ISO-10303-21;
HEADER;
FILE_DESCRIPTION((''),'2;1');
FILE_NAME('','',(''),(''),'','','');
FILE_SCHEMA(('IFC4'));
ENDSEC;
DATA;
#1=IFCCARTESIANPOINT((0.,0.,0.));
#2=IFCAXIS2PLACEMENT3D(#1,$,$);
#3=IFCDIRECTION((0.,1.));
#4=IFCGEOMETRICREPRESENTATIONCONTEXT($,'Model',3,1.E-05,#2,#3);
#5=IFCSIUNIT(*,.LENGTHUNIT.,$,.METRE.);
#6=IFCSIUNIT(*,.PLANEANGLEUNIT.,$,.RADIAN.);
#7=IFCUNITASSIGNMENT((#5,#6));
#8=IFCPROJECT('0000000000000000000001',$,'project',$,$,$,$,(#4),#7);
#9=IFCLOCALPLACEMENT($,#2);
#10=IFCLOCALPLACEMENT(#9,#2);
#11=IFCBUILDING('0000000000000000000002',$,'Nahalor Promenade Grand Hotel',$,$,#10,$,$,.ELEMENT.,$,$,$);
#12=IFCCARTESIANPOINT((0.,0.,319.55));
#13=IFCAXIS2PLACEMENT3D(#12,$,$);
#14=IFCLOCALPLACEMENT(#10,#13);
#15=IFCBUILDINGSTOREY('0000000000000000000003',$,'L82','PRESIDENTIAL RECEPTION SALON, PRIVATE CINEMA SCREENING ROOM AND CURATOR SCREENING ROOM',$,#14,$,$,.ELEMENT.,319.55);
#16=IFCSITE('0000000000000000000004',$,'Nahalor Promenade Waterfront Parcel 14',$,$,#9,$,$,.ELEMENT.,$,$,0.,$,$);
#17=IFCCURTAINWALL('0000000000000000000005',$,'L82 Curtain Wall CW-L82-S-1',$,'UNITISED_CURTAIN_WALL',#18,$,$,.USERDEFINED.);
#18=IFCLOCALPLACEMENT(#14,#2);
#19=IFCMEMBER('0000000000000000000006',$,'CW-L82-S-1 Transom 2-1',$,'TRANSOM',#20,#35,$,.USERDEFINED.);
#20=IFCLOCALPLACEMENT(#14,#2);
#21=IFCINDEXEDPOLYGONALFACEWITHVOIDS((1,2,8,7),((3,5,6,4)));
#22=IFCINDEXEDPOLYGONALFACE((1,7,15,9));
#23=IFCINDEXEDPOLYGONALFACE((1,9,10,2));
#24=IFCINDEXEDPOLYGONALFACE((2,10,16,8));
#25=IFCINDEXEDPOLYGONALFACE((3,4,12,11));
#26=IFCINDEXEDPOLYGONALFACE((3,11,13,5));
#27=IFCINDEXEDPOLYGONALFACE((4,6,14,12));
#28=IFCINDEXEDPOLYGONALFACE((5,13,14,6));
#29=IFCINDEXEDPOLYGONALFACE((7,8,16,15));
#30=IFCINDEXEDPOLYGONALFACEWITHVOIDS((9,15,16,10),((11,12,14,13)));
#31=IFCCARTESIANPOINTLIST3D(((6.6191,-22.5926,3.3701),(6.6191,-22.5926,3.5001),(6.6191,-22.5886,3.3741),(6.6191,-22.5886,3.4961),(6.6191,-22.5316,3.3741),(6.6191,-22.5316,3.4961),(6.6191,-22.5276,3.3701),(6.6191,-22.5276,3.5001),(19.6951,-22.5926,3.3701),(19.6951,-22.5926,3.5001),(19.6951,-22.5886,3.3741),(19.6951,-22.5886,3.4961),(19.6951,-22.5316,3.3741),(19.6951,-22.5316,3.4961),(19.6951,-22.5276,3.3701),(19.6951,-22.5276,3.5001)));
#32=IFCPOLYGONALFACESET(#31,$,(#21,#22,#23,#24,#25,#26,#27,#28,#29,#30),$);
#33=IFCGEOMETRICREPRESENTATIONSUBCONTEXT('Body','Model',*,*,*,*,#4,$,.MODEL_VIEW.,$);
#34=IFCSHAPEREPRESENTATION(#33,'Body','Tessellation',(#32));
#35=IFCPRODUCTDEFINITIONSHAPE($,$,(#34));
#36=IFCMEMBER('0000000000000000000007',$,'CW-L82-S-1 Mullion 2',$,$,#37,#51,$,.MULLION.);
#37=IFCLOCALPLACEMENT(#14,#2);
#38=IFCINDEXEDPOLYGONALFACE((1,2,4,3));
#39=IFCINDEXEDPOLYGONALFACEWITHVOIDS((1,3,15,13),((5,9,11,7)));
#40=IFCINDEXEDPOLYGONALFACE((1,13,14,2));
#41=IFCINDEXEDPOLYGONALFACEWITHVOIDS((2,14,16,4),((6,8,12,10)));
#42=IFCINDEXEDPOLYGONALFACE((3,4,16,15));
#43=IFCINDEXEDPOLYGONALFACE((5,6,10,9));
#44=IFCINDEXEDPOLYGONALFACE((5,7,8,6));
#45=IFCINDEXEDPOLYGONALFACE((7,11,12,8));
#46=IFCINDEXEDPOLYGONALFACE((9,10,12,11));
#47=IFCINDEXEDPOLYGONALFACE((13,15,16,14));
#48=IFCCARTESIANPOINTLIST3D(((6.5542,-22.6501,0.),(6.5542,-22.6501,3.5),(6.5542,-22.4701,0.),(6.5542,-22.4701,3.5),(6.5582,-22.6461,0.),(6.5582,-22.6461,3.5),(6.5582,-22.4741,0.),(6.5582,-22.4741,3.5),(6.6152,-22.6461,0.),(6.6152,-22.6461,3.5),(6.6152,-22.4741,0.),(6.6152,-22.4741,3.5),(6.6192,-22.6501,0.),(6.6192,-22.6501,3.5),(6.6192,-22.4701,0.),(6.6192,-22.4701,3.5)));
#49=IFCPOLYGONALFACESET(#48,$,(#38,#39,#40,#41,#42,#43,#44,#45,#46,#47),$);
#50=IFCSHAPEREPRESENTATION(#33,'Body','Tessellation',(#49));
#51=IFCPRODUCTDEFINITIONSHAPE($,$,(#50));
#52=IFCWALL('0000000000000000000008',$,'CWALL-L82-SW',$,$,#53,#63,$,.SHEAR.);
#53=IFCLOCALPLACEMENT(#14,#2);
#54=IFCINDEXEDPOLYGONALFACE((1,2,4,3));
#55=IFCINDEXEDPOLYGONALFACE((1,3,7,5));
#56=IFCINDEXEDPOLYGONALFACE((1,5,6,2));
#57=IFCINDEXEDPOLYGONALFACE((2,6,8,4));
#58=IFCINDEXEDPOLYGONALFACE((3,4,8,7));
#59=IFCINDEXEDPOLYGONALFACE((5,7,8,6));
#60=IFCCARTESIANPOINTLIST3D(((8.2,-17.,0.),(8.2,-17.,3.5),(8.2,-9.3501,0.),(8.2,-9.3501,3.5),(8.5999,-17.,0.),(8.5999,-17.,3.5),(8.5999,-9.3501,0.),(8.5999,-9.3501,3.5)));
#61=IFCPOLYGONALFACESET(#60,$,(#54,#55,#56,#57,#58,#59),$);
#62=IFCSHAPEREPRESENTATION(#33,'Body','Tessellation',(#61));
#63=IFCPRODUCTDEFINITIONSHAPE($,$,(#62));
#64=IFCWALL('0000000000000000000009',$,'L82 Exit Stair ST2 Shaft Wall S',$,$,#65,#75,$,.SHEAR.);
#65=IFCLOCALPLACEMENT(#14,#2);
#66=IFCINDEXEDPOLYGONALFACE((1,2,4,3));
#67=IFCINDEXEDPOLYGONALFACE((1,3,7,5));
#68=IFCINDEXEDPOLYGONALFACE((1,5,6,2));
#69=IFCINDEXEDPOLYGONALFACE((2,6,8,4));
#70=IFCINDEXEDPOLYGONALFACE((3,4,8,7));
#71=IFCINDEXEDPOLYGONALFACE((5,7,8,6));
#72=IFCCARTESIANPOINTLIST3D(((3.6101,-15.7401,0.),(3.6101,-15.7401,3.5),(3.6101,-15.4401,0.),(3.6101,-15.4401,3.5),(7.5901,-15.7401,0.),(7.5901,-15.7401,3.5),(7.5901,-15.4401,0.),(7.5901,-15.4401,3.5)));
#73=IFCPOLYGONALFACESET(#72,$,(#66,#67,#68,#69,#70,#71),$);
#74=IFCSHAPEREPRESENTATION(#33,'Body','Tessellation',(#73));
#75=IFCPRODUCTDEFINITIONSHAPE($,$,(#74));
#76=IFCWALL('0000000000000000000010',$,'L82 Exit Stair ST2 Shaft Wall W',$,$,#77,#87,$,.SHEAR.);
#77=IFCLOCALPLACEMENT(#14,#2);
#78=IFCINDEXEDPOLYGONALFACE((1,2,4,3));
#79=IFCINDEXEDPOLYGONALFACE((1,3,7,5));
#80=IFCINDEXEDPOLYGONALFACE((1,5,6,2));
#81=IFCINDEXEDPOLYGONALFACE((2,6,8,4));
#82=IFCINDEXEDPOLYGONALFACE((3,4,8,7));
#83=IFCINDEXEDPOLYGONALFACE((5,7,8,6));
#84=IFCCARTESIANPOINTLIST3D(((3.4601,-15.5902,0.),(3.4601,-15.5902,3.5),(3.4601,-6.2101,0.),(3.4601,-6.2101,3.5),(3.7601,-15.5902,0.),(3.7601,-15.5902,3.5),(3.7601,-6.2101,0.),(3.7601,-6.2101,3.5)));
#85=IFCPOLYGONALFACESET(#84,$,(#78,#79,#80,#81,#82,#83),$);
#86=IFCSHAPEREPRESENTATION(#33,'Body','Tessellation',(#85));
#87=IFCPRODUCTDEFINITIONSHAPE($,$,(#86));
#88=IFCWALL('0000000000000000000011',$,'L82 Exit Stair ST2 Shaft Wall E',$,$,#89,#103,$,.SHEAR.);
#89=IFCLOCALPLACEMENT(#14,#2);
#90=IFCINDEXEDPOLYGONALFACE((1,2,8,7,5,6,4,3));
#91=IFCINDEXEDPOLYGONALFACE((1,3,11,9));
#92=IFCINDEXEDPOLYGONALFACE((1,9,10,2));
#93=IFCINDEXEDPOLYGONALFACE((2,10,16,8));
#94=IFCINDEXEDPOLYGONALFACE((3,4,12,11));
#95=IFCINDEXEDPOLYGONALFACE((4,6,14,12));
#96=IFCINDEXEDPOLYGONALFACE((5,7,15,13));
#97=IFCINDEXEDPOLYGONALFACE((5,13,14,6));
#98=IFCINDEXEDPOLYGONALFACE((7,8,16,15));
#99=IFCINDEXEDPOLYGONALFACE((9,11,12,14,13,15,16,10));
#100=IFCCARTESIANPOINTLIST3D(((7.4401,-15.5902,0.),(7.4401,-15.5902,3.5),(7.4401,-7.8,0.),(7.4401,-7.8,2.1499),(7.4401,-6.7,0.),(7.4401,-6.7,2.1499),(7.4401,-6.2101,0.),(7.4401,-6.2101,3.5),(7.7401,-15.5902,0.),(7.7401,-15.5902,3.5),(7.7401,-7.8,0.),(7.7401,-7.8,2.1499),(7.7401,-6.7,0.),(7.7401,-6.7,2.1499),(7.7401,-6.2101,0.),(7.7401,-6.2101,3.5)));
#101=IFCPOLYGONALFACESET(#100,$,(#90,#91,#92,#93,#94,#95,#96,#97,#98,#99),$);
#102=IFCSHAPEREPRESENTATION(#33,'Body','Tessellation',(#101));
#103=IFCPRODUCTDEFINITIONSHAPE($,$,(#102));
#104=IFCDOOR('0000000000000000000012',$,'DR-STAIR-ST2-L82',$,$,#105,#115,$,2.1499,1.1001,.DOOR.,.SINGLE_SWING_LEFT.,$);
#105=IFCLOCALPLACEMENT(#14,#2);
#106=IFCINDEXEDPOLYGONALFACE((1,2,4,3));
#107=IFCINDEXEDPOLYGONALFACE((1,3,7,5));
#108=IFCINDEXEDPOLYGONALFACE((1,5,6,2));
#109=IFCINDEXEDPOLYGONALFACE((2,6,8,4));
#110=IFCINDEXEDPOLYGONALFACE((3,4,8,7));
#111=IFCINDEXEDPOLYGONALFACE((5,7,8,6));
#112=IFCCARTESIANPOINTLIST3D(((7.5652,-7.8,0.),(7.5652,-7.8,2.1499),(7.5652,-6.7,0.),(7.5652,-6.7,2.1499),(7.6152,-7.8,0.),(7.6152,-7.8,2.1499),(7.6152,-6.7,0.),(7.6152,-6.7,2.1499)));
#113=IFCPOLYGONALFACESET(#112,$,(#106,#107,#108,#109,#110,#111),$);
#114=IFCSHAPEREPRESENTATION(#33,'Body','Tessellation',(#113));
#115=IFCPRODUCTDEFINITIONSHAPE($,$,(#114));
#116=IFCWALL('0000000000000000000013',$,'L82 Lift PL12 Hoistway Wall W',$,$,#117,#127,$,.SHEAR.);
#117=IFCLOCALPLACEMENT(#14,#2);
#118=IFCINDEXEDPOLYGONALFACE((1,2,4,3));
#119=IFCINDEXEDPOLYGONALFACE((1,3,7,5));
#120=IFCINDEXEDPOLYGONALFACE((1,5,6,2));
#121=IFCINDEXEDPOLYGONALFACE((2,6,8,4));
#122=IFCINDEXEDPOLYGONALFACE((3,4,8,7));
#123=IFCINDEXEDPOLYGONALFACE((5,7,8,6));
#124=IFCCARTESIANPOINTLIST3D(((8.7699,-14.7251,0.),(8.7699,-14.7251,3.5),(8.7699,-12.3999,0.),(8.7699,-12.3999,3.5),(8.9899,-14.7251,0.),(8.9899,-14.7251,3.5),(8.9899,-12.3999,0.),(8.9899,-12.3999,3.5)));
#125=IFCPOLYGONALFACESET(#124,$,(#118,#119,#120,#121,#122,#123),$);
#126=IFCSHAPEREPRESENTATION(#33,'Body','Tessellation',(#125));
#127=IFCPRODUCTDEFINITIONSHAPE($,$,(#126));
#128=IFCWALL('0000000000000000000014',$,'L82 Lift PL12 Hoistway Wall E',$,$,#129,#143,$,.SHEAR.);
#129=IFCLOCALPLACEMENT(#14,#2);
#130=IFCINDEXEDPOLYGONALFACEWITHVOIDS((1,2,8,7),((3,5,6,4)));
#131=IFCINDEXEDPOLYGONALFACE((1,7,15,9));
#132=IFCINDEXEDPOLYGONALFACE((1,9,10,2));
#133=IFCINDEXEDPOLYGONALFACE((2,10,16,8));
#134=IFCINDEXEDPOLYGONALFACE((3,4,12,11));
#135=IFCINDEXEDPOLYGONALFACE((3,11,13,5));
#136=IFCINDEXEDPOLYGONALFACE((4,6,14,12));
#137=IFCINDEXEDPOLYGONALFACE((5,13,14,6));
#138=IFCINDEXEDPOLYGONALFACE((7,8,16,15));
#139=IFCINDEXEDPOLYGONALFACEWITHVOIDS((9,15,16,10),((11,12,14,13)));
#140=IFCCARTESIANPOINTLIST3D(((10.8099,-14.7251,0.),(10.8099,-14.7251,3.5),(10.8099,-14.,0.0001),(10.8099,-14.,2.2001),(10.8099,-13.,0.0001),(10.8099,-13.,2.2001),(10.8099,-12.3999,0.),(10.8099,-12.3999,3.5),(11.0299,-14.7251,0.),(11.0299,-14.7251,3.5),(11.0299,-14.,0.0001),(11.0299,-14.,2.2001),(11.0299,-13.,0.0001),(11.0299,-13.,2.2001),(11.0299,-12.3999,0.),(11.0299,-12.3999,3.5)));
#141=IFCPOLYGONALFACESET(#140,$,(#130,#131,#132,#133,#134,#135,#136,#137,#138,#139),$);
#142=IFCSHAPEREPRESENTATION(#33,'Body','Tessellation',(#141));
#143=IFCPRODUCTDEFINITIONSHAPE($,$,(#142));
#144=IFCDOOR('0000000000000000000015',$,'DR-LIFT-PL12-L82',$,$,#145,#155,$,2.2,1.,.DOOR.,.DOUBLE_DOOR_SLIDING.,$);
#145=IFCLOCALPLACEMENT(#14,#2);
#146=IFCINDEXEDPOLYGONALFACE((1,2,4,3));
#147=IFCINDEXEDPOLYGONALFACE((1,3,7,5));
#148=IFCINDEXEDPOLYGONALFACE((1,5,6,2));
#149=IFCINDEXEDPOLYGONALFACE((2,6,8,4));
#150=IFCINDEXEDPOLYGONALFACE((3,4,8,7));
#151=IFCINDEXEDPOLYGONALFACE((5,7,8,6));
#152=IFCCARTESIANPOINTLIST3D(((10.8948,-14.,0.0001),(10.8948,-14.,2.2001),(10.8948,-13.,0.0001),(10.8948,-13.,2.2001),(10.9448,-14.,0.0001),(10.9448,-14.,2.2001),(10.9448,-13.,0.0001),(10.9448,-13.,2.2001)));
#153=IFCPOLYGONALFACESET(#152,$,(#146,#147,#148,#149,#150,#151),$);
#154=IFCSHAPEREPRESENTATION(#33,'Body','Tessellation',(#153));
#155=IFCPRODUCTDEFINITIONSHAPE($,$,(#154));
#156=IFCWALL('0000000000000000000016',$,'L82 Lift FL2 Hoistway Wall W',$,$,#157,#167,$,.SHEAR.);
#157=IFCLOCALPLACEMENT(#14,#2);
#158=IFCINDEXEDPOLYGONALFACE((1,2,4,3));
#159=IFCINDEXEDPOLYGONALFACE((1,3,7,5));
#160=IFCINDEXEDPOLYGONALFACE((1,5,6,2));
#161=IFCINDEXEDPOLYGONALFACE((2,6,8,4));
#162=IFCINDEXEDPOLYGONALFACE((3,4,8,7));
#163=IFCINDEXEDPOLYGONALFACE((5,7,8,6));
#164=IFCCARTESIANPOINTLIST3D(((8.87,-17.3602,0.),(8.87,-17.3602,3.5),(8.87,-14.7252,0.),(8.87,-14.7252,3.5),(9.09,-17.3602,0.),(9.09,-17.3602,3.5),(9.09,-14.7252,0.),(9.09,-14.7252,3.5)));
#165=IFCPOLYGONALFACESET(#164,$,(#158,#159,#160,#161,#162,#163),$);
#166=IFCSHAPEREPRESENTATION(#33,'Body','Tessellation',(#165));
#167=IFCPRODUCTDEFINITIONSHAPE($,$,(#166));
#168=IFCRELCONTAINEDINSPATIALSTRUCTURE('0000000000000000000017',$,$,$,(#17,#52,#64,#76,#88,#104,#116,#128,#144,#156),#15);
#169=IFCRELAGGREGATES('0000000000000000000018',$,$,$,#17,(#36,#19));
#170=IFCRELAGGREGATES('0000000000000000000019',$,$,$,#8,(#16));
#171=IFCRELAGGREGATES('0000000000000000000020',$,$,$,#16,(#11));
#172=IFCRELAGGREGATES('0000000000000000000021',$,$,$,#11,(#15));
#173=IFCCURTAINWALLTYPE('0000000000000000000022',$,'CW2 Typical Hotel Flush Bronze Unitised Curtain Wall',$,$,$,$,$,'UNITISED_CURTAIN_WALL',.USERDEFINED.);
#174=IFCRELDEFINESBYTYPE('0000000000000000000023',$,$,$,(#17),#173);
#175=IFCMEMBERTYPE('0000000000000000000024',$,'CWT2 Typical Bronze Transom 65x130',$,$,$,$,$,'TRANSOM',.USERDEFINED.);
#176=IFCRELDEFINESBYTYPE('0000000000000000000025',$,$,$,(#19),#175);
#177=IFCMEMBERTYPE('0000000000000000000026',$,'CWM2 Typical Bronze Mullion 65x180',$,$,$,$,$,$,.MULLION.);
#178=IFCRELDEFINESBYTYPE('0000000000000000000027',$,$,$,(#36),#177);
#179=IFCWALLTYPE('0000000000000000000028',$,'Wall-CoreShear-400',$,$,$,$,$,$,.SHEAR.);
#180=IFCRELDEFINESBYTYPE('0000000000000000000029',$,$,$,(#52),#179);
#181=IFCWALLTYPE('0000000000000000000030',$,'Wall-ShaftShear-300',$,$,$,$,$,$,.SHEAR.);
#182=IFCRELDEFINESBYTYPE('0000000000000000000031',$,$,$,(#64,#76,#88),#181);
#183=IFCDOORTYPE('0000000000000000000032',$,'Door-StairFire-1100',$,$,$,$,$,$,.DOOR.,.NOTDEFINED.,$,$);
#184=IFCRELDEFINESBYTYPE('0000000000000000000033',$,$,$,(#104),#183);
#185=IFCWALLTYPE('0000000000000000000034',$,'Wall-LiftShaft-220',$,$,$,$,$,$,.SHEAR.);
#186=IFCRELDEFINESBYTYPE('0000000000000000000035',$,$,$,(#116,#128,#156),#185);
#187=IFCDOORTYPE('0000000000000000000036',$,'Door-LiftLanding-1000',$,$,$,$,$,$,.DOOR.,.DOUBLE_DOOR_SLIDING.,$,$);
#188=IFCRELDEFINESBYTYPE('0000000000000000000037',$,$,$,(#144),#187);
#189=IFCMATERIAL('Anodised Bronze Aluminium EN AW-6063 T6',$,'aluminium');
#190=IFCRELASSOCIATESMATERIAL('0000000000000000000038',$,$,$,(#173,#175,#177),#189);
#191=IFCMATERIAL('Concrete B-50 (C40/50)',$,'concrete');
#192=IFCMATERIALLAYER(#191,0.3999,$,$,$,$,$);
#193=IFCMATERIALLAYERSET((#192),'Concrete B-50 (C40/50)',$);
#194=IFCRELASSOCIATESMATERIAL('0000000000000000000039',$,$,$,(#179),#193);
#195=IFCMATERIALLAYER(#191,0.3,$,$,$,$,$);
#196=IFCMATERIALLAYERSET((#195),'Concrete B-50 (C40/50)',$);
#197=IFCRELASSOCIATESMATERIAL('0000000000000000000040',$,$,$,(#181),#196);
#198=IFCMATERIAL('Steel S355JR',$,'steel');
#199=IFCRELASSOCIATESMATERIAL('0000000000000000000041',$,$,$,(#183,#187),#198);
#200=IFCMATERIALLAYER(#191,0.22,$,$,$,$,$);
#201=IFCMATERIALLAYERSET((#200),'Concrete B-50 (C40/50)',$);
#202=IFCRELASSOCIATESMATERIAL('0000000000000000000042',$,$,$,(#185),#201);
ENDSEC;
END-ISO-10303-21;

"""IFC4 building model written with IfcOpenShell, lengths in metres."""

from ifc_helpers import new_model, si_unit, direction, frame, frame_2d, origin, origin_2d, place, context, subcontext, project, spatial, rectangle, hollow_rectangle, extrude, source, transform, mapped, material, layer, layer_set, material_profile, profile_set, type_object, element, fill, aggregate, save


model = new_model("IFC4")

# Units and contexts
model_context = context("Model", 3, precision=1e-05, world=origin(), true_north=direction((0.0, 1.0)))
body_context = subcontext(model_context, "Body", "Model", "MODEL_VIEW")
ifc_project = project(units=[si_unit("LENGTHUNIT", "METRE"), si_unit("PLANEANGLEUNIT", "RADIAN")], contexts=[model_context])

# Site, building, storey
site_placement = place(None, origin())
site = spatial("IfcSite", under=ifc_project, at=site_placement, Name="Nahalor Promenade Waterfront Parcel 14", CompositionType="ELEMENT", RefElevation=0.0)
building_placement = place(site_placement, origin())
building = spatial("IfcBuilding", under=site, at=building_placement, Name="Nahalor Promenade Grand Hotel", CompositionType="ELEMENT")
storey_placement = place(building_placement, frame((0.0, 0.0, 319.55)))
storey = spatial("IfcBuildingStorey", under=building, at=storey_placement, Name="L82", Description="PRESIDENTIAL RECEPTION SALON, PRIVATE CINEMA SCREENING ROOM AND CURATOR SCREENING ROOM", CompositionType="ELEMENT", Elevation=319.55)

# Shared definitions
ifc_material_1 = material(Name="Concrete B-50 (C40/50)", Category="concrete")
ifc_material_2 = material(Name="Steel S355JR", Category="steel")

# Curtain wall, members
ifc_material_3 = material(Name="Anodised Bronze Aluminium EN AW-6063 T6", Category="aluminium")
curtain_wall_type = type_object("IfcCurtainWallType", Name="CW2 Typical Hotel Flush Bronze Unitised Curtain Wall", ElementType="UNITISED_CURTAIN_WALL", PredefinedType="USERDEFINED", material=ifc_material_3)
curtain_wall_placement = place(storey_placement, origin())
curtain_wall = element("IfcCurtainWall", 1, at=curtain_wall_placement, inside=storey, type_object=curtain_wall_type, Name="L82 Curtain Wall CW-L82-S-1", ObjectType="UNITISED_CURTAIN_WALL", PredefinedType="USERDEFINED")
ifc_material_profile_1 = material_profile(ifc_material_3, hollow_rectangle(XDim=0.065, YDim=0.13, WallThickness=0.004, at=origin_2d()), Name="CWT 65x130x4")
ifc_profile_set_1 = profile_set([ifc_material_profile_1], Name="Anodised Bronze Aluminium EN AW-6063 T6")
member_type_1 = type_object("IfcMemberType", Name="CWT2 Typical Bronze Transom 65x130", ElementType="TRANSOM", PredefinedType="USERDEFINED", material=ifc_profile_set_1)
shared_shape_1 = source(origin(), body_context, "Body", "SweptSolid", [
    extrude(hollow_rectangle(XDim=0.065, YDim=0.13, WallThickness=0.004, at=origin_2d()), origin(), (0.0, 0.0, 1.0), 13.0759),
])
member_1_placement = place(storey_placement, frame((6.6191, -22.5601, 3.4351), z_axis=(1.0, 0.0, 0.0), x_axis=(0.0, 1.0, 0.0)))
member_1 = element("IfcMember", 2, at=member_1_placement, type_object=member_type_1, Name="CW-L82-S-1 Transom 2-1", ObjectType="TRANSOM", PredefinedType="USERDEFINED", context=body_context, shape_type="MappedRepresentation", body=[
    mapped(shared_shape_1, transform((0.0, 0.0, 0.0), scale=1.0)),
])
ifc_material_profile_2 = material_profile(ifc_material_3, hollow_rectangle(XDim=0.065, YDim=0.18, WallThickness=0.004, at=origin_2d()), Name="CWM 65x180x4")
ifc_profile_set_2 = profile_set([ifc_material_profile_2], Name="Anodised Bronze Aluminium EN AW-6063 T6")
member_type_2 = type_object("IfcMemberType", Name="CWM2 Typical Bronze Mullion 65x180", PredefinedType="MULLION", material=ifc_profile_set_2)
shared_shape_2 = source(origin(), body_context, "Body", "SweptSolid", [
    extrude(hollow_rectangle(XDim=0.065, YDim=0.18, WallThickness=0.004, at=origin_2d()), origin(), (0.0, 0.0, 1.0), 3.5),
])
member_2_placement = place(storey_placement, frame((6.5867, -22.5601, 0.0), z_axis=(0.0, 0.0, 1.0), x_axis=(1.0, 0.0, 0.0)))
member_2 = element("IfcMember", 3, at=member_2_placement, type_object=member_type_2, Name="CW-L82-S-1 Mullion 2", PredefinedType="MULLION", context=body_context, shape_type="MappedRepresentation", body=[
    mapped(shared_shape_2, transform((0.0, 0.0, 0.0), scale=1.0)),
])
aggregate(curtain_wall, [member_2, member_1])

# Walls
ifc_layer_1 = layer(ifc_material_1, 0.3999)
ifc_layer_set_1 = layer_set([ifc_layer_1], Name="Concrete B-50 (C40/50)")
wall_type_1 = type_object("IfcWallType", Name="Wall-CoreShear-400", PredefinedType="SHEAR", material=ifc_layer_set_1)
shared_shape_3 = source(origin(), body_context, "Body", "SweptSolid", [
    extrude(rectangle(XDim=7.6499, YDim=0.3999, at=frame_2d((3.825, 0.0))), origin(), (0.0, 0.0, 1.0), 3.5),
])
wall_1_placement = place(storey_placement, frame((8.3999, -17.0, 0.0), z_axis=(0.0, 0.0, 1.0), x_axis=(0.0, 1.0, 0.0)))
element("IfcWall", 4, at=wall_1_placement, inside=storey, type_object=wall_type_1, Name="CWALL-L82-SW", PredefinedType="SHEAR", context=body_context, shape_type="MappedRepresentation", body=[
    mapped(shared_shape_3, transform((0.0, 0.0, 0.0), scale=1.0)),
])
ifc_layer_2 = layer(ifc_material_1, 0.3)
ifc_layer_set_2 = layer_set([ifc_layer_2], Name="Concrete B-50 (C40/50)")
wall_type_2 = type_object("IfcWallType", Name="Wall-ShaftShear-300", PredefinedType="SHEAR", material=ifc_layer_set_2)
shared_shape_4 = source(origin(), body_context, "Body", "SweptSolid", [
    extrude(rectangle(XDim=3.98, YDim=0.3, at=frame_2d((1.99, 0.0))), origin(), (0.0, 0.0, 1.0), 3.5),
])
wall_2_placement = place(storey_placement, frame((3.6101, -15.5901, 0.0), z_axis=(0.0, 0.0, 1.0), x_axis=(1.0, 0.0, 0.0)))
element("IfcWall", 5, at=wall_2_placement, inside=storey, type_object=wall_type_2, Name="L82 Exit Stair ST2 Shaft Wall S", PredefinedType="SHEAR", context=body_context, shape_type="MappedRepresentation", body=[
    mapped(shared_shape_4, transform((0.0, 0.0, 0.0), scale=1.0)),
])
shared_shape_5 = source(origin(), body_context, "Body", "SweptSolid", [
    extrude(rectangle(XDim=9.3801, YDim=0.3, at=frame_2d((4.6899, 0.0))), origin(), (0.0, 0.0, 1.0), 3.5),
])
wall_3_placement = place(storey_placement, frame((3.6101, -15.5901, 0.0), z_axis=(0.0, 0.0, 1.0), x_axis=(0.0, 1.0, 0.0)))
element("IfcWall", 6, at=wall_3_placement, inside=storey, type_object=wall_type_2, Name="L82 Exit Stair ST2 Shaft Wall W", PredefinedType="SHEAR", context=body_context, shape_type="MappedRepresentation", body=[
    mapped(shared_shape_5, transform((0.0, 0.0, 0.0), scale=1.0)),
])

# Wall, opening, door
wall_4_placement = place(storey_placement, frame((7.5901, -15.5901, 0.0), z_axis=(0.0, 0.0, 1.0), x_axis=(0.0, 1.0, 0.0)))
wall_4 = element("IfcWall", 7, at=wall_4_placement, inside=storey, type_object=wall_type_2, Name="L82 Exit Stair ST2 Shaft Wall E", PredefinedType="SHEAR", context=body_context, shape_type="MappedRepresentation", body=[
    mapped(shared_shape_5, transform((0.0, 0.0, 0.0), scale=1.0)),
])
opening_1_placement = place(wall_4_placement, frame((7.79, 0.0, 0.0)))
opening_1 = element("IfcOpeningElement", 8, at=opening_1_placement, cuts=wall_4, PredefinedType="OPENING", context=body_context, shape_type="SweptSolid", body=[
    extrude(rectangle(XDim=1.1001, YDim=2.1499, at=frame_2d((0.55, 1.075))), frame((0.0, 0.1599, 0.0), z_axis=(0.0, -1.0, 0.0), x_axis=(1.0, 0.0, 0.0)), (0.0, 0.0, 1.0), 0.3201),
])
door_type_1 = type_object("IfcDoorType", Name="Door-StairFire-1100", OperationType="NOTDEFINED", PredefinedType="DOOR", material=ifc_material_2)
shared_shape_6 = source(origin(), body_context, "Body", "SweptSolid", [
    extrude(rectangle(XDim=1.1001, YDim=2.1499, at=frame_2d((0.55, 1.075))), frame((0.0, 0.0249, 0.0), z_axis=(0.0, -1.0, 0.0), x_axis=(1.0, 0.0, 0.0)), (0.0, 0.0, 1.0), 0.05),
])
door_1_placement = place(opening_1_placement, origin())
door_1 = element("IfcDoor", 9, at=door_1_placement, inside=storey, type_object=door_type_1, Name="DR-STAIR-ST2-L82", OperationType="SINGLE_SWING_LEFT", OverallHeight=2.1499, OverallWidth=1.1001, PredefinedType="DOOR", context=body_context, shape_type="MappedRepresentation", body=[
    mapped(shared_shape_6, transform((0.0, 0.0, 0.0), scale=1.0)),
])
fill(opening_1, door_1)

# Wall
ifc_layer_3 = layer(ifc_material_1, 0.22)
ifc_layer_set_3 = layer_set([ifc_layer_3], Name="Concrete B-50 (C40/50)")
wall_type_3 = type_object("IfcWallType", Name="Wall-LiftShaft-220", PredefinedType="SHEAR", material=ifc_layer_set_3)
shared_shape_7 = source(origin(), body_context, "Body", "SweptSolid", [
    extrude(rectangle(XDim=2.3252, YDim=0.22, at=frame_2d((1.1626, 0.0))), origin(), (0.0, 0.0, 1.0), 3.5),
])
wall_5_placement = place(storey_placement, frame((8.8799, -14.7251, 0.0), z_axis=(0.0, 0.0, 1.0), x_axis=(0.0, 1.0, 0.0)))
element("IfcWall", 10, at=wall_5_placement, inside=storey, type_object=wall_type_3, Name="L82 Lift PL12 Hoistway Wall W", PredefinedType="SHEAR", context=body_context, shape_type="MappedRepresentation", body=[
    mapped(shared_shape_7, transform((0.0, 0.0, 0.0), scale=1.0)),
])

# Wall, opening, door
wall_6_placement = place(storey_placement, frame((10.9199, -14.7251, 0.0), z_axis=(0.0, 0.0, 1.0), x_axis=(0.0, 1.0, 0.0)))
wall_6 = element("IfcWall", 11, at=wall_6_placement, inside=storey, type_object=wall_type_3, Name="L82 Lift PL12 Hoistway Wall E", PredefinedType="SHEAR", context=body_context, shape_type="MappedRepresentation", body=[
    mapped(shared_shape_7, transform((0.0, 0.0, 0.0), scale=1.0)),
])
opening_2_placement = place(wall_6_placement, frame((0.7251, 0.0, 0.0)))
opening_2 = element("IfcOpeningElement", 12, at=opening_2_placement, cuts=wall_6, PredefinedType="OPENING", context=body_context, shape_type="SweptSolid", body=[
    extrude(rectangle(XDim=1.0, YDim=2.2, at=frame_2d((0.5, 1.1001))), frame((0.0, 0.1199, 0.0), z_axis=(0.0, -1.0, 0.0), x_axis=(1.0, 0.0, 0.0)), (0.0, 0.0, 1.0), 0.24),
])
door_type_2 = type_object("IfcDoorType", Name="Door-LiftLanding-1000", OperationType="DOUBLE_DOOR_SLIDING", PredefinedType="DOOR", material=ifc_material_2)
shared_shape_8 = source(origin(), body_context, "Body", "SweptSolid", [
    extrude(rectangle(XDim=1.0, YDim=2.2, at=frame_2d((0.5, 1.1001))), frame((0.0, 0.0249, 0.0), z_axis=(0.0, -1.0, 0.0), x_axis=(1.0, 0.0, 0.0)), (0.0, 0.0, 1.0), 0.05),
])
door_2_placement = place(opening_2_placement, frame((1.0, 0.0, 0.0), z_axis=(0.0, 0.0, 1.0), x_axis=(-1.0, 0.0, 0.0)))
door_2 = element("IfcDoor", 13, at=door_2_placement, inside=storey, type_object=door_type_2, Name="DR-LIFT-PL12-L82", OperationType="DOUBLE_DOOR_SLIDING", OverallHeight=2.2, OverallWidth=1.0, PredefinedType="DOOR", context=body_context, shape_type="MappedRepresentation", body=[
    mapped(shared_shape_8, transform((0.0, 0.0, 0.0), scale=1.0)),
])
fill(opening_2, door_2)

# Wall
shared_shape_9 = source(origin(), body_context, "Body", "SweptSolid", [
    extrude(rectangle(XDim=2.635, YDim=0.22, at=frame_2d((1.3174, 0.0))), origin(), (0.0, 0.0, 1.0), 3.5),
])
wall_7_placement = place(storey_placement, frame((8.98, -17.3601, 0.0), z_axis=(0.0, 0.0, 1.0), x_axis=(0.0, 1.0, 0.0)))
element("IfcWall", 14, at=wall_7_placement, inside=storey, type_object=wall_type_3, Name="L82 Lift FL2 Hoistway Wall W", PredefinedType="SHEAR", context=body_context, shape_type="MappedRepresentation", body=[
    mapped(shared_shape_9, transform((0.0, 0.0, 0.0), scale=1.0)),
])

save(model, "model.ifc")
